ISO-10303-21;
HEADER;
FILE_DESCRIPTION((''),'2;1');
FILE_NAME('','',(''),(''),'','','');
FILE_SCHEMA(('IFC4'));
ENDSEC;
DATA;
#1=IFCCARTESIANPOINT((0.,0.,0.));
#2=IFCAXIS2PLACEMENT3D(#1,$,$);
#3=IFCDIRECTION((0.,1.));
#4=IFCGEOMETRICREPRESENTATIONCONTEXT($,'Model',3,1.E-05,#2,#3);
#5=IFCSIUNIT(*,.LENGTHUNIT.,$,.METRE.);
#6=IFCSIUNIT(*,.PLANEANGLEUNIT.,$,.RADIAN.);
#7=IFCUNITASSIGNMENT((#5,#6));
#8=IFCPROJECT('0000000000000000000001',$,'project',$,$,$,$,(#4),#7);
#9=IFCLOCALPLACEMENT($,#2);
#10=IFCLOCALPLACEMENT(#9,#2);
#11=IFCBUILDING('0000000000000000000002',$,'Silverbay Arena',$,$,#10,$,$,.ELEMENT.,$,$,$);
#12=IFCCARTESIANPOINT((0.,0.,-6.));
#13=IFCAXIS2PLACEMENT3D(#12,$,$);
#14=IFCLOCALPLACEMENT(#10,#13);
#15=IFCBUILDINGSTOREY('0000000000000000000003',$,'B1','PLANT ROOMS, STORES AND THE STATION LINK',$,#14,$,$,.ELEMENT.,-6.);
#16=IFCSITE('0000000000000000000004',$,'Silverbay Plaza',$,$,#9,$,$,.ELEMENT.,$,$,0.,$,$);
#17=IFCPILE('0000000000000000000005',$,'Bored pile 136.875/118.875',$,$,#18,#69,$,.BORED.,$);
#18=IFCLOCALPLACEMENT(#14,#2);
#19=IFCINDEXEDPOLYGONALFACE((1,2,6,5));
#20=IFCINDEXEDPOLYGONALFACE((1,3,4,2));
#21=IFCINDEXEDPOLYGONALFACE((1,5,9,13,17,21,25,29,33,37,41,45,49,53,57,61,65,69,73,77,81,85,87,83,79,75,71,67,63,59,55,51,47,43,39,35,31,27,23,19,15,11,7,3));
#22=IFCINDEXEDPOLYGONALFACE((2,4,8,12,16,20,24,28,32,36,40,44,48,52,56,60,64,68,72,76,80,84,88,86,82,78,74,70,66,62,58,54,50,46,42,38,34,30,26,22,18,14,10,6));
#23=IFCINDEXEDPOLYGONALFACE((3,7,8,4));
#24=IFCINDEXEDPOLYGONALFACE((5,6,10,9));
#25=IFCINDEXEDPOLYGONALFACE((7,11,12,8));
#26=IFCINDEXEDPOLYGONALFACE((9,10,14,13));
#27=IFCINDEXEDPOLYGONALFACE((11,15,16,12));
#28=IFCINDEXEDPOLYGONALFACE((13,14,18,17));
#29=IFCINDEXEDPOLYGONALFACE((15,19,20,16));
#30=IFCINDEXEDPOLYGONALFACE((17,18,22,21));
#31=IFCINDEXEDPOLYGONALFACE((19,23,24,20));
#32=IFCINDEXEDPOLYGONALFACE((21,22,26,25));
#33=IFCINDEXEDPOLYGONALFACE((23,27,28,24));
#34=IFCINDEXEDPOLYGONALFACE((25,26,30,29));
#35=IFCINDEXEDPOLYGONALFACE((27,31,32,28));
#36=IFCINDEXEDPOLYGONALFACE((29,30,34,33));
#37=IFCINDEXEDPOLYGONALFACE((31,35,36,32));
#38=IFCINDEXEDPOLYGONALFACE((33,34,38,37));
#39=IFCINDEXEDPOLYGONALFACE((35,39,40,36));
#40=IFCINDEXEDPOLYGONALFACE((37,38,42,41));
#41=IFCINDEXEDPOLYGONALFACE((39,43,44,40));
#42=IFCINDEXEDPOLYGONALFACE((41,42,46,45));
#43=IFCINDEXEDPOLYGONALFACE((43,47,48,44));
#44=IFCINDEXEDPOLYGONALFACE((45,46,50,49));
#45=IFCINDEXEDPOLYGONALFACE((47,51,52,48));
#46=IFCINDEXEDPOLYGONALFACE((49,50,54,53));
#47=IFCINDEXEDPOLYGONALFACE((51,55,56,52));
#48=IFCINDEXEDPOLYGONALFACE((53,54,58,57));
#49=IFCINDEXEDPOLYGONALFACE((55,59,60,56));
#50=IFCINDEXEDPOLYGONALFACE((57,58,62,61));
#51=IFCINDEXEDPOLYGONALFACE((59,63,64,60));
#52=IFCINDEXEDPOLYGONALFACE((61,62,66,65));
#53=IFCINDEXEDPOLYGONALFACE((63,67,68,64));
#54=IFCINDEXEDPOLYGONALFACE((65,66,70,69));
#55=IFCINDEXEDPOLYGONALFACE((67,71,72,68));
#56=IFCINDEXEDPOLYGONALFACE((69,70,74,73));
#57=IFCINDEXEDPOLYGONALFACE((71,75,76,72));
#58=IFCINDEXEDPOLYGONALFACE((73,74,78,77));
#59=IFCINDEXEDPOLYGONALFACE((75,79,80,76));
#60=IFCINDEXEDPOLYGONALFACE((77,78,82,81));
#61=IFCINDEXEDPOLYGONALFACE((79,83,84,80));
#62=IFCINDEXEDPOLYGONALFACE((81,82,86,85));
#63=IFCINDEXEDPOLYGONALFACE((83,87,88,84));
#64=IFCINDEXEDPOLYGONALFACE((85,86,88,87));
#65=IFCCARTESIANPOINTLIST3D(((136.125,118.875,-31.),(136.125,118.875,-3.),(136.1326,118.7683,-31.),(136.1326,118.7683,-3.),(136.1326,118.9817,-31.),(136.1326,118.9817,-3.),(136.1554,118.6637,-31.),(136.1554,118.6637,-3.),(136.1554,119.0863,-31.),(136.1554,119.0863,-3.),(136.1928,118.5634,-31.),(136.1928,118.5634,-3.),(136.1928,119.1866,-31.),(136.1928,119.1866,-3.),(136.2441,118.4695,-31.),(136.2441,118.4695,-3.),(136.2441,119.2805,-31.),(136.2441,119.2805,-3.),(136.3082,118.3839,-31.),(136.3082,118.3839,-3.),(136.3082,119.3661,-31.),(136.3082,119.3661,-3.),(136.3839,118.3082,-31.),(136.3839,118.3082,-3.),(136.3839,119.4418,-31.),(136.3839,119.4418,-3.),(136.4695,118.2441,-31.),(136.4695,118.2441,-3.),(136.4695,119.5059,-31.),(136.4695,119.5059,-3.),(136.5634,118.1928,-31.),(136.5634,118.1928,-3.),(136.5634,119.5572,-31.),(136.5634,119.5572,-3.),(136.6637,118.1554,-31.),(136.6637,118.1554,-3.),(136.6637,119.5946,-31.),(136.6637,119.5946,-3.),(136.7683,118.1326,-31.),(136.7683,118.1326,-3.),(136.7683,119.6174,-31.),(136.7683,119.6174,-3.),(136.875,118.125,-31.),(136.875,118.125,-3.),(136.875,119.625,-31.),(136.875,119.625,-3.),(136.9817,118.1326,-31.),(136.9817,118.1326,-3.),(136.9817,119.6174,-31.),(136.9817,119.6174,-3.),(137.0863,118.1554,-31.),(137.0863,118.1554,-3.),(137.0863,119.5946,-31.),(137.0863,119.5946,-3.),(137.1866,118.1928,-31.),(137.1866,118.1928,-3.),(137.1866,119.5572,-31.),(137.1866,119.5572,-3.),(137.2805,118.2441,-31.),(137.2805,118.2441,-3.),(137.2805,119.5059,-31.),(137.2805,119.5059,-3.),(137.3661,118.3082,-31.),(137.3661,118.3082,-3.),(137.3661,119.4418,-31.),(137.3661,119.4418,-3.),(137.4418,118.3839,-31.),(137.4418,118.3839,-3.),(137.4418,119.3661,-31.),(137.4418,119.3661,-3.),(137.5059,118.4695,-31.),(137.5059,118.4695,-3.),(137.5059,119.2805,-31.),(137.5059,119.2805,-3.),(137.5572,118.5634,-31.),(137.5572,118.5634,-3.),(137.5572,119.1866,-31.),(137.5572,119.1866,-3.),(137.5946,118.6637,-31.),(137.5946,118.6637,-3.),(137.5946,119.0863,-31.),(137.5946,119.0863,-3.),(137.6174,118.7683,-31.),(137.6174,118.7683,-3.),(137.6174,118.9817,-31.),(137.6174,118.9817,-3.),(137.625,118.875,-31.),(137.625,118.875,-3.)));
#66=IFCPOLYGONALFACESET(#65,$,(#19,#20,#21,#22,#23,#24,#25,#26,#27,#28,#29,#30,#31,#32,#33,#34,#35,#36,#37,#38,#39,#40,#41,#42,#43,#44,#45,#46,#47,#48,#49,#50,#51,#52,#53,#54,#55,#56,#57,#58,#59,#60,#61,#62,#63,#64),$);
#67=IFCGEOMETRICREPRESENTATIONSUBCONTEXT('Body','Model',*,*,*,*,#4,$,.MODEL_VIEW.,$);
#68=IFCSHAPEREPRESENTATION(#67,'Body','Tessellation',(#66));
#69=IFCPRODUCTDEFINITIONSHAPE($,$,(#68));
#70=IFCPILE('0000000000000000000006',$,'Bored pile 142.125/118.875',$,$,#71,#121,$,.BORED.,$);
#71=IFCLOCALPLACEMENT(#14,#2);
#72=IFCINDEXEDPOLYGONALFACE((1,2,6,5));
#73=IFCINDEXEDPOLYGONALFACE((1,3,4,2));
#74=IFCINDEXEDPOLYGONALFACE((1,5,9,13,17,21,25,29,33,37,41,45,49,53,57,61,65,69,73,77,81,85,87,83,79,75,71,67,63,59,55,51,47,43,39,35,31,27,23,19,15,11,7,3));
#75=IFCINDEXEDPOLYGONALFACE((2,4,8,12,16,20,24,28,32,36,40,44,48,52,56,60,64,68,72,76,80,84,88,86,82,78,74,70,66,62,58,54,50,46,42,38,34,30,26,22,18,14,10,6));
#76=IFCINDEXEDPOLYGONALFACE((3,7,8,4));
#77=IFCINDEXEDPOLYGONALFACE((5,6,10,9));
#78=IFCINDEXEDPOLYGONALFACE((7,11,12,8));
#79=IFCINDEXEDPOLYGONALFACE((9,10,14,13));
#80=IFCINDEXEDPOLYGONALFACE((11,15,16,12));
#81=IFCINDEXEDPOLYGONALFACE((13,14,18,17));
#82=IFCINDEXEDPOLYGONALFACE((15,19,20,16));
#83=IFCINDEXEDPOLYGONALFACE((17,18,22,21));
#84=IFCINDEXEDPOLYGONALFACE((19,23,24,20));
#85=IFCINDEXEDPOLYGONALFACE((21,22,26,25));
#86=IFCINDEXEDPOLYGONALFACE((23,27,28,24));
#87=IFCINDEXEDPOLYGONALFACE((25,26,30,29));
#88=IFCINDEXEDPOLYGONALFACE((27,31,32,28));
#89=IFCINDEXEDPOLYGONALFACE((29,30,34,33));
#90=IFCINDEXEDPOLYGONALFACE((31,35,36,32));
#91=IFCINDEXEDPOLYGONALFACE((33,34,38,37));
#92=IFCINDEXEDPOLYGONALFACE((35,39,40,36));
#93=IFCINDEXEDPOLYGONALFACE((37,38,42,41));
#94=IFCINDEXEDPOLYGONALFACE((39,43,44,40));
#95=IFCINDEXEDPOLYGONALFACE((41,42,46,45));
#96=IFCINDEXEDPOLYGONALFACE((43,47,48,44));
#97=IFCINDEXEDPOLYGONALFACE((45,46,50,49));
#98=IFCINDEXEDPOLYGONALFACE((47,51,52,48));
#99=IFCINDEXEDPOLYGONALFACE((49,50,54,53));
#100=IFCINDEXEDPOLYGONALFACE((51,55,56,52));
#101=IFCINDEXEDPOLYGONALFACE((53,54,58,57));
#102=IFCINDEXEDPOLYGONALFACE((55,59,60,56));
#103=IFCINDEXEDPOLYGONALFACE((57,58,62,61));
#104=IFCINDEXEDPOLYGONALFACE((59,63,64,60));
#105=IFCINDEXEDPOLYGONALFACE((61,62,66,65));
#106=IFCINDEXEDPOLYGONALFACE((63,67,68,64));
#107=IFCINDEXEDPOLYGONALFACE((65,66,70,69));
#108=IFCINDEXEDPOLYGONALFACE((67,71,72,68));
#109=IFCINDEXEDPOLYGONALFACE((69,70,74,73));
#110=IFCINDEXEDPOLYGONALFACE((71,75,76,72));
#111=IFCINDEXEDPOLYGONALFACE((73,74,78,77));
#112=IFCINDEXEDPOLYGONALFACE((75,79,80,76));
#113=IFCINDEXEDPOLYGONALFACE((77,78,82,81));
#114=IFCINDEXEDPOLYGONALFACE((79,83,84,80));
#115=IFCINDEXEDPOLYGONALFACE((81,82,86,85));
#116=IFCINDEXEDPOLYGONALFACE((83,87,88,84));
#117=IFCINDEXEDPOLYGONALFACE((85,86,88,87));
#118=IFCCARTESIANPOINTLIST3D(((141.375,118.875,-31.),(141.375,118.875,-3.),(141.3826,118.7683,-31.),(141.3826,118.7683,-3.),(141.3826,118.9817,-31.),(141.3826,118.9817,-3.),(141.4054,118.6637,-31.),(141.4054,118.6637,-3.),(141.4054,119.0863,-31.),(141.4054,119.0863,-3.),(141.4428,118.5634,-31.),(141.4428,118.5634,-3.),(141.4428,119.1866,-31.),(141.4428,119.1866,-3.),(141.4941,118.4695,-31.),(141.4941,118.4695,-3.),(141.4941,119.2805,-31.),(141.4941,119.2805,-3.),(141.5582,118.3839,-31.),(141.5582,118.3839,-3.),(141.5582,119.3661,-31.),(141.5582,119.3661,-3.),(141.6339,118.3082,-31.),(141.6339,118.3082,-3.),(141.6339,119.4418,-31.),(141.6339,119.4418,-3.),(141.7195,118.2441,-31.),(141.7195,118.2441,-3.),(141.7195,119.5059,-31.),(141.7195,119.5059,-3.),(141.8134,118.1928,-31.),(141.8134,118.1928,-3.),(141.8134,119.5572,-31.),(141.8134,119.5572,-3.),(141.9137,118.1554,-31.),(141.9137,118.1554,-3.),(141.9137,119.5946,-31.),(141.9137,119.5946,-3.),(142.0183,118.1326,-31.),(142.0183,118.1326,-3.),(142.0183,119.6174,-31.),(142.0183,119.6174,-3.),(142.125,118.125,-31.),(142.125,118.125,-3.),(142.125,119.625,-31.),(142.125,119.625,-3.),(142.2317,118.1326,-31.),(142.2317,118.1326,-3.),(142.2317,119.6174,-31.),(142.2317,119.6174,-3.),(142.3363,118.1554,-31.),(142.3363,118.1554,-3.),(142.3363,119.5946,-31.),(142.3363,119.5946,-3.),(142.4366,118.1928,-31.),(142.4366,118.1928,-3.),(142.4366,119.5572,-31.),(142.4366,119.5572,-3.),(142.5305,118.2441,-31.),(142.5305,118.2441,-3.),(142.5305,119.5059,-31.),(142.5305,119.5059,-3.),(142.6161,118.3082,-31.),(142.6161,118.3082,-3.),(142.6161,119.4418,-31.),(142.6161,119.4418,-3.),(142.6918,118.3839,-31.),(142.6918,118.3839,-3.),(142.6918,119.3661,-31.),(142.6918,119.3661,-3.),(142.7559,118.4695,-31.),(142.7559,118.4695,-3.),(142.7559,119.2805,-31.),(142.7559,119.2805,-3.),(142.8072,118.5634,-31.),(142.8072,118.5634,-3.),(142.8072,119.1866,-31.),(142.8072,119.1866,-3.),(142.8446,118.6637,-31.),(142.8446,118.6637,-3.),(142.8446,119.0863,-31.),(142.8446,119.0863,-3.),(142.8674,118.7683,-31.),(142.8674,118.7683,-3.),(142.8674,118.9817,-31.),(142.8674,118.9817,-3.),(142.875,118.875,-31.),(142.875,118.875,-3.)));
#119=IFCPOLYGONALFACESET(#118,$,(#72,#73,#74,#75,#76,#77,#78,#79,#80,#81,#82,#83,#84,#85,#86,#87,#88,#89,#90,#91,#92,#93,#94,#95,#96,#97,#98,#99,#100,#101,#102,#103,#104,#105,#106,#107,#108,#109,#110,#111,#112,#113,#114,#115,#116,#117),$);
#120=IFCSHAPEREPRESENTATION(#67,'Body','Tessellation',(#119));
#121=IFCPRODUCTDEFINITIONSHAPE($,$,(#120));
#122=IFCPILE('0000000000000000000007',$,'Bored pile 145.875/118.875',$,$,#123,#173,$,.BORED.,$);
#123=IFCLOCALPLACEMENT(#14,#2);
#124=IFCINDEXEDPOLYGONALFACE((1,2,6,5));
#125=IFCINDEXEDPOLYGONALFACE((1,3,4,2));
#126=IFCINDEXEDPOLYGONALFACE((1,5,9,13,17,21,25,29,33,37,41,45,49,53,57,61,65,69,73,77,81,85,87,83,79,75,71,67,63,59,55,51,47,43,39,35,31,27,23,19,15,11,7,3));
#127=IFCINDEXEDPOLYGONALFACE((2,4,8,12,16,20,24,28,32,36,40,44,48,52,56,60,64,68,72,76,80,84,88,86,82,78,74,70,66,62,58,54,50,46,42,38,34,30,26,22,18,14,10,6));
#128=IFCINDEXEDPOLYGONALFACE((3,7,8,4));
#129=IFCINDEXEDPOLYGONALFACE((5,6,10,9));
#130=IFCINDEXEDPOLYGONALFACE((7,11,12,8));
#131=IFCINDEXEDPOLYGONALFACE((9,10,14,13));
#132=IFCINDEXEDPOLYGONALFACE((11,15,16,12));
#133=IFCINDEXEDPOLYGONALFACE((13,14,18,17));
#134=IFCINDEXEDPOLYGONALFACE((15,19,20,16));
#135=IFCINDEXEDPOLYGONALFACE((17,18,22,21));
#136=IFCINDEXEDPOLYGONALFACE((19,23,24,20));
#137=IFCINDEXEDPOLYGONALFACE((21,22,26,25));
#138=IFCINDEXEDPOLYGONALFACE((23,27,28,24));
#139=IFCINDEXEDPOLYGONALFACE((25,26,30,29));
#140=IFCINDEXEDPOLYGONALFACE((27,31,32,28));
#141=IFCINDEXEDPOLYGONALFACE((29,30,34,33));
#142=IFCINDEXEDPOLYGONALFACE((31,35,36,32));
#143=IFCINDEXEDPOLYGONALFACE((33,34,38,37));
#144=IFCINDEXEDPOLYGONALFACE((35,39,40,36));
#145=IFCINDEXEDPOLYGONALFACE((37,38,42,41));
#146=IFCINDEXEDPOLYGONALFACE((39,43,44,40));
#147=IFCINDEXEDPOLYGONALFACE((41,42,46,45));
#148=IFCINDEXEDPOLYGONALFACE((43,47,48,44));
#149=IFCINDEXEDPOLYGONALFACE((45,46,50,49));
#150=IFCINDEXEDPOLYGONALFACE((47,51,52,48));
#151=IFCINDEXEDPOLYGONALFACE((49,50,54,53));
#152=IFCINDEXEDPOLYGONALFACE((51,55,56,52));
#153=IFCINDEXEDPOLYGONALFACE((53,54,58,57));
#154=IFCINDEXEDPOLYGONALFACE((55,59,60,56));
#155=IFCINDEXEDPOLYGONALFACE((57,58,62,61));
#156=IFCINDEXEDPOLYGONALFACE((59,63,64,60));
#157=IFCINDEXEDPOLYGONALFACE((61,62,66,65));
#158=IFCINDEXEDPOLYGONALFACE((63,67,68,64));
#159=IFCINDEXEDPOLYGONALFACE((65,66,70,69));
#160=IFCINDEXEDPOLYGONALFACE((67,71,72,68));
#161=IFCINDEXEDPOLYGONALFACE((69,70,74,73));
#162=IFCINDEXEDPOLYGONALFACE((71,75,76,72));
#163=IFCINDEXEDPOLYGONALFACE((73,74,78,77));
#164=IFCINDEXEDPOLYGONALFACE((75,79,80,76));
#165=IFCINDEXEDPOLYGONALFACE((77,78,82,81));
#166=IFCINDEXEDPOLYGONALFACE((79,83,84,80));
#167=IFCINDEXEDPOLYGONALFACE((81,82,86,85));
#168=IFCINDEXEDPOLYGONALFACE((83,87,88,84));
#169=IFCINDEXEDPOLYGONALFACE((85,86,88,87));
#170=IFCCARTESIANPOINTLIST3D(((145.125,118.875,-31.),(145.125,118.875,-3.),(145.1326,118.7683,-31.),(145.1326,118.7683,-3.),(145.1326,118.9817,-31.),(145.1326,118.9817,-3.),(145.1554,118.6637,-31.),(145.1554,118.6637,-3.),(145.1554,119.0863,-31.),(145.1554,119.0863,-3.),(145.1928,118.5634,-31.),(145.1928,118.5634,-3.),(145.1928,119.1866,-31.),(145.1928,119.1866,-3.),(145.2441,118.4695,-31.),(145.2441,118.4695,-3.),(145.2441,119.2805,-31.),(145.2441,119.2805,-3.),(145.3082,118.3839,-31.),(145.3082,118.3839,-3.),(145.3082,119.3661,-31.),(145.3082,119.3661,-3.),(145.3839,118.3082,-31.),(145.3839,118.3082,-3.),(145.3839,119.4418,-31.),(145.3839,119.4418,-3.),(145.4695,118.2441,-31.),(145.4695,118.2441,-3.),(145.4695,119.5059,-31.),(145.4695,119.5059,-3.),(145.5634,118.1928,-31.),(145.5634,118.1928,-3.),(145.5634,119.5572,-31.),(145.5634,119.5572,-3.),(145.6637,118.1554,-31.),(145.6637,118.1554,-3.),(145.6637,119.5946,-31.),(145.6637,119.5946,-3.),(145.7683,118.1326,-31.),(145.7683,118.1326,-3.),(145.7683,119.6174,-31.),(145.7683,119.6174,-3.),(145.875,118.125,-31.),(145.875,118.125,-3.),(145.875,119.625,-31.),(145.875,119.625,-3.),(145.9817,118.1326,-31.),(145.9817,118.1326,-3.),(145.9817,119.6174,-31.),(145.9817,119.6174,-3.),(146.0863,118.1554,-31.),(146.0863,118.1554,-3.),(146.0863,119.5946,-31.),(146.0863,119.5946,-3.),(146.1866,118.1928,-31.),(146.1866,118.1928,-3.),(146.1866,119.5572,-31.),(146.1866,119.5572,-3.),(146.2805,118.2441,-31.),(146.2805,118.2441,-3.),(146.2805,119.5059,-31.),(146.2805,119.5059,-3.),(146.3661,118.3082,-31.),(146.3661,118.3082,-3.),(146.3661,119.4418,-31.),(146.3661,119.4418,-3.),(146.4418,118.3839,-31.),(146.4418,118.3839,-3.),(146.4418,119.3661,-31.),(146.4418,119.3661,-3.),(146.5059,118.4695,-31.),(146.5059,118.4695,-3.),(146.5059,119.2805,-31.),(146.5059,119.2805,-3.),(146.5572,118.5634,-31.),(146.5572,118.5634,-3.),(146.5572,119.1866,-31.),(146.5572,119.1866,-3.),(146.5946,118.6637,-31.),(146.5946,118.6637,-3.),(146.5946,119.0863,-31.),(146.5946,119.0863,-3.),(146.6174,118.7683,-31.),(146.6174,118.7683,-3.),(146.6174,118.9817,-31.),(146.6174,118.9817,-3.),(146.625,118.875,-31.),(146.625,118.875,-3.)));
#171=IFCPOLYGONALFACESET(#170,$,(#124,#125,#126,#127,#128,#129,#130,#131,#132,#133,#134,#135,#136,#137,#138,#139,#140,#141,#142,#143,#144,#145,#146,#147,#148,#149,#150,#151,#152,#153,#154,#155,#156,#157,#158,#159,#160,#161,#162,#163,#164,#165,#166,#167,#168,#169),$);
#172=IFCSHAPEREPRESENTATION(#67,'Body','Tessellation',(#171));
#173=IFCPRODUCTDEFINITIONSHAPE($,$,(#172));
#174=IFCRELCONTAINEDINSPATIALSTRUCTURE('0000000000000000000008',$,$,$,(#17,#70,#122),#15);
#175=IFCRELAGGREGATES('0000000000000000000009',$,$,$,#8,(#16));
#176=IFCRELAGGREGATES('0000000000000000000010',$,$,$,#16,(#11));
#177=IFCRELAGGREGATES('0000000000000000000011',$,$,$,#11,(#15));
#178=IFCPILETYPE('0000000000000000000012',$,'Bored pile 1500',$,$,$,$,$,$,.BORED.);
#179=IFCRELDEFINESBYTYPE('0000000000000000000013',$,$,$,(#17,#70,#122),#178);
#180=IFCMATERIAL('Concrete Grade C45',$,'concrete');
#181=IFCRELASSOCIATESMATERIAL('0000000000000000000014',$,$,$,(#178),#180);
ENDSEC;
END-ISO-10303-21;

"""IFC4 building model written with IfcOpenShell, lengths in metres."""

from ifc_helpers import new_model, si_unit, direction, frame, origin, origin_2d, place, context, subcontext, project, spatial, circle, extrude, material, material_profile, profile_set, type_object, element, save


model = new_model("IFC4")

# Units and contexts
model_context = context("Model", 3, precision=1e-05, world=origin(), true_north=direction((0.0, 1.0)))
body_context = subcontext(model_context, "Body", "Model", "MODEL_VIEW")
ifc_project = project(units=[si_unit("LENGTHUNIT", "METRE"), si_unit("PLANEANGLEUNIT", "RADIAN")], contexts=[model_context])

# Site, building, storey
site_placement = place(None, origin())
site = spatial("IfcSite", under=ifc_project, at=site_placement, Name="Silverbay Plaza", CompositionType="ELEMENT", RefElevation=0.0)
building_placement = place(site_placement, origin())
building = spatial("IfcBuilding", under=site, at=building_placement, Name="Silverbay Arena", CompositionType="ELEMENT")
storey_placement = place(building_placement, frame((0.0, 0.0, -6.0)))
storey = spatial("IfcBuildingStorey", under=building, at=storey_placement, Name="B1", Description="PLANT ROOMS, STORES AND THE STATION LINK", CompositionType="ELEMENT", Elevation=-6.0)

# Piles
ifc_material_1 = material(Name="Concrete Grade C45", Category="concrete")
ifc_material_profile_1 = material_profile(ifc_material_1, circle(Radius=0.75, at=origin_2d()), Name="Bored pile 1500")
ifc_profile_set_1 = profile_set([ifc_material_profile_1], Name="Concrete Grade C45")
pile_type = type_object("IfcPileType", Name="Bored pile 1500", PredefinedType="BORED", material=ifc_profile_set_1)
for number, where, z_axis, x_axis, name in (
    (1, (136.875, 118.875, -3.0), (0.0, 0.0, -1.0), (1.0, 0.0, 0.0), "Bored pile 136.875/118.875"),
    (2, (142.125, 118.875, -3.0), (0.0, 0.0, -1.0), (1.0, 0.0, 0.0), "Bored pile 142.125/118.875"),
    (3, (145.875, 118.875, -3.0), (0.0, 0.0, -1.0), (1.0, 0.0, 0.0), "Bored pile 145.875/118.875"),
):
    element("IfcPile", number, at=place(storey_placement, frame(where, z_axis=z_axis, x_axis=x_axis)), inside=storey, type_object=pile_type, Name=name, PredefinedType="BORED", context=body_context, shape_type="SweptSolid", body=[
        extrude(circle(Radius=0.75, at=origin_2d()), origin(), (0.0, 0.0, 1.0), 28.0),
    ])

save(model, "model.ifc")
